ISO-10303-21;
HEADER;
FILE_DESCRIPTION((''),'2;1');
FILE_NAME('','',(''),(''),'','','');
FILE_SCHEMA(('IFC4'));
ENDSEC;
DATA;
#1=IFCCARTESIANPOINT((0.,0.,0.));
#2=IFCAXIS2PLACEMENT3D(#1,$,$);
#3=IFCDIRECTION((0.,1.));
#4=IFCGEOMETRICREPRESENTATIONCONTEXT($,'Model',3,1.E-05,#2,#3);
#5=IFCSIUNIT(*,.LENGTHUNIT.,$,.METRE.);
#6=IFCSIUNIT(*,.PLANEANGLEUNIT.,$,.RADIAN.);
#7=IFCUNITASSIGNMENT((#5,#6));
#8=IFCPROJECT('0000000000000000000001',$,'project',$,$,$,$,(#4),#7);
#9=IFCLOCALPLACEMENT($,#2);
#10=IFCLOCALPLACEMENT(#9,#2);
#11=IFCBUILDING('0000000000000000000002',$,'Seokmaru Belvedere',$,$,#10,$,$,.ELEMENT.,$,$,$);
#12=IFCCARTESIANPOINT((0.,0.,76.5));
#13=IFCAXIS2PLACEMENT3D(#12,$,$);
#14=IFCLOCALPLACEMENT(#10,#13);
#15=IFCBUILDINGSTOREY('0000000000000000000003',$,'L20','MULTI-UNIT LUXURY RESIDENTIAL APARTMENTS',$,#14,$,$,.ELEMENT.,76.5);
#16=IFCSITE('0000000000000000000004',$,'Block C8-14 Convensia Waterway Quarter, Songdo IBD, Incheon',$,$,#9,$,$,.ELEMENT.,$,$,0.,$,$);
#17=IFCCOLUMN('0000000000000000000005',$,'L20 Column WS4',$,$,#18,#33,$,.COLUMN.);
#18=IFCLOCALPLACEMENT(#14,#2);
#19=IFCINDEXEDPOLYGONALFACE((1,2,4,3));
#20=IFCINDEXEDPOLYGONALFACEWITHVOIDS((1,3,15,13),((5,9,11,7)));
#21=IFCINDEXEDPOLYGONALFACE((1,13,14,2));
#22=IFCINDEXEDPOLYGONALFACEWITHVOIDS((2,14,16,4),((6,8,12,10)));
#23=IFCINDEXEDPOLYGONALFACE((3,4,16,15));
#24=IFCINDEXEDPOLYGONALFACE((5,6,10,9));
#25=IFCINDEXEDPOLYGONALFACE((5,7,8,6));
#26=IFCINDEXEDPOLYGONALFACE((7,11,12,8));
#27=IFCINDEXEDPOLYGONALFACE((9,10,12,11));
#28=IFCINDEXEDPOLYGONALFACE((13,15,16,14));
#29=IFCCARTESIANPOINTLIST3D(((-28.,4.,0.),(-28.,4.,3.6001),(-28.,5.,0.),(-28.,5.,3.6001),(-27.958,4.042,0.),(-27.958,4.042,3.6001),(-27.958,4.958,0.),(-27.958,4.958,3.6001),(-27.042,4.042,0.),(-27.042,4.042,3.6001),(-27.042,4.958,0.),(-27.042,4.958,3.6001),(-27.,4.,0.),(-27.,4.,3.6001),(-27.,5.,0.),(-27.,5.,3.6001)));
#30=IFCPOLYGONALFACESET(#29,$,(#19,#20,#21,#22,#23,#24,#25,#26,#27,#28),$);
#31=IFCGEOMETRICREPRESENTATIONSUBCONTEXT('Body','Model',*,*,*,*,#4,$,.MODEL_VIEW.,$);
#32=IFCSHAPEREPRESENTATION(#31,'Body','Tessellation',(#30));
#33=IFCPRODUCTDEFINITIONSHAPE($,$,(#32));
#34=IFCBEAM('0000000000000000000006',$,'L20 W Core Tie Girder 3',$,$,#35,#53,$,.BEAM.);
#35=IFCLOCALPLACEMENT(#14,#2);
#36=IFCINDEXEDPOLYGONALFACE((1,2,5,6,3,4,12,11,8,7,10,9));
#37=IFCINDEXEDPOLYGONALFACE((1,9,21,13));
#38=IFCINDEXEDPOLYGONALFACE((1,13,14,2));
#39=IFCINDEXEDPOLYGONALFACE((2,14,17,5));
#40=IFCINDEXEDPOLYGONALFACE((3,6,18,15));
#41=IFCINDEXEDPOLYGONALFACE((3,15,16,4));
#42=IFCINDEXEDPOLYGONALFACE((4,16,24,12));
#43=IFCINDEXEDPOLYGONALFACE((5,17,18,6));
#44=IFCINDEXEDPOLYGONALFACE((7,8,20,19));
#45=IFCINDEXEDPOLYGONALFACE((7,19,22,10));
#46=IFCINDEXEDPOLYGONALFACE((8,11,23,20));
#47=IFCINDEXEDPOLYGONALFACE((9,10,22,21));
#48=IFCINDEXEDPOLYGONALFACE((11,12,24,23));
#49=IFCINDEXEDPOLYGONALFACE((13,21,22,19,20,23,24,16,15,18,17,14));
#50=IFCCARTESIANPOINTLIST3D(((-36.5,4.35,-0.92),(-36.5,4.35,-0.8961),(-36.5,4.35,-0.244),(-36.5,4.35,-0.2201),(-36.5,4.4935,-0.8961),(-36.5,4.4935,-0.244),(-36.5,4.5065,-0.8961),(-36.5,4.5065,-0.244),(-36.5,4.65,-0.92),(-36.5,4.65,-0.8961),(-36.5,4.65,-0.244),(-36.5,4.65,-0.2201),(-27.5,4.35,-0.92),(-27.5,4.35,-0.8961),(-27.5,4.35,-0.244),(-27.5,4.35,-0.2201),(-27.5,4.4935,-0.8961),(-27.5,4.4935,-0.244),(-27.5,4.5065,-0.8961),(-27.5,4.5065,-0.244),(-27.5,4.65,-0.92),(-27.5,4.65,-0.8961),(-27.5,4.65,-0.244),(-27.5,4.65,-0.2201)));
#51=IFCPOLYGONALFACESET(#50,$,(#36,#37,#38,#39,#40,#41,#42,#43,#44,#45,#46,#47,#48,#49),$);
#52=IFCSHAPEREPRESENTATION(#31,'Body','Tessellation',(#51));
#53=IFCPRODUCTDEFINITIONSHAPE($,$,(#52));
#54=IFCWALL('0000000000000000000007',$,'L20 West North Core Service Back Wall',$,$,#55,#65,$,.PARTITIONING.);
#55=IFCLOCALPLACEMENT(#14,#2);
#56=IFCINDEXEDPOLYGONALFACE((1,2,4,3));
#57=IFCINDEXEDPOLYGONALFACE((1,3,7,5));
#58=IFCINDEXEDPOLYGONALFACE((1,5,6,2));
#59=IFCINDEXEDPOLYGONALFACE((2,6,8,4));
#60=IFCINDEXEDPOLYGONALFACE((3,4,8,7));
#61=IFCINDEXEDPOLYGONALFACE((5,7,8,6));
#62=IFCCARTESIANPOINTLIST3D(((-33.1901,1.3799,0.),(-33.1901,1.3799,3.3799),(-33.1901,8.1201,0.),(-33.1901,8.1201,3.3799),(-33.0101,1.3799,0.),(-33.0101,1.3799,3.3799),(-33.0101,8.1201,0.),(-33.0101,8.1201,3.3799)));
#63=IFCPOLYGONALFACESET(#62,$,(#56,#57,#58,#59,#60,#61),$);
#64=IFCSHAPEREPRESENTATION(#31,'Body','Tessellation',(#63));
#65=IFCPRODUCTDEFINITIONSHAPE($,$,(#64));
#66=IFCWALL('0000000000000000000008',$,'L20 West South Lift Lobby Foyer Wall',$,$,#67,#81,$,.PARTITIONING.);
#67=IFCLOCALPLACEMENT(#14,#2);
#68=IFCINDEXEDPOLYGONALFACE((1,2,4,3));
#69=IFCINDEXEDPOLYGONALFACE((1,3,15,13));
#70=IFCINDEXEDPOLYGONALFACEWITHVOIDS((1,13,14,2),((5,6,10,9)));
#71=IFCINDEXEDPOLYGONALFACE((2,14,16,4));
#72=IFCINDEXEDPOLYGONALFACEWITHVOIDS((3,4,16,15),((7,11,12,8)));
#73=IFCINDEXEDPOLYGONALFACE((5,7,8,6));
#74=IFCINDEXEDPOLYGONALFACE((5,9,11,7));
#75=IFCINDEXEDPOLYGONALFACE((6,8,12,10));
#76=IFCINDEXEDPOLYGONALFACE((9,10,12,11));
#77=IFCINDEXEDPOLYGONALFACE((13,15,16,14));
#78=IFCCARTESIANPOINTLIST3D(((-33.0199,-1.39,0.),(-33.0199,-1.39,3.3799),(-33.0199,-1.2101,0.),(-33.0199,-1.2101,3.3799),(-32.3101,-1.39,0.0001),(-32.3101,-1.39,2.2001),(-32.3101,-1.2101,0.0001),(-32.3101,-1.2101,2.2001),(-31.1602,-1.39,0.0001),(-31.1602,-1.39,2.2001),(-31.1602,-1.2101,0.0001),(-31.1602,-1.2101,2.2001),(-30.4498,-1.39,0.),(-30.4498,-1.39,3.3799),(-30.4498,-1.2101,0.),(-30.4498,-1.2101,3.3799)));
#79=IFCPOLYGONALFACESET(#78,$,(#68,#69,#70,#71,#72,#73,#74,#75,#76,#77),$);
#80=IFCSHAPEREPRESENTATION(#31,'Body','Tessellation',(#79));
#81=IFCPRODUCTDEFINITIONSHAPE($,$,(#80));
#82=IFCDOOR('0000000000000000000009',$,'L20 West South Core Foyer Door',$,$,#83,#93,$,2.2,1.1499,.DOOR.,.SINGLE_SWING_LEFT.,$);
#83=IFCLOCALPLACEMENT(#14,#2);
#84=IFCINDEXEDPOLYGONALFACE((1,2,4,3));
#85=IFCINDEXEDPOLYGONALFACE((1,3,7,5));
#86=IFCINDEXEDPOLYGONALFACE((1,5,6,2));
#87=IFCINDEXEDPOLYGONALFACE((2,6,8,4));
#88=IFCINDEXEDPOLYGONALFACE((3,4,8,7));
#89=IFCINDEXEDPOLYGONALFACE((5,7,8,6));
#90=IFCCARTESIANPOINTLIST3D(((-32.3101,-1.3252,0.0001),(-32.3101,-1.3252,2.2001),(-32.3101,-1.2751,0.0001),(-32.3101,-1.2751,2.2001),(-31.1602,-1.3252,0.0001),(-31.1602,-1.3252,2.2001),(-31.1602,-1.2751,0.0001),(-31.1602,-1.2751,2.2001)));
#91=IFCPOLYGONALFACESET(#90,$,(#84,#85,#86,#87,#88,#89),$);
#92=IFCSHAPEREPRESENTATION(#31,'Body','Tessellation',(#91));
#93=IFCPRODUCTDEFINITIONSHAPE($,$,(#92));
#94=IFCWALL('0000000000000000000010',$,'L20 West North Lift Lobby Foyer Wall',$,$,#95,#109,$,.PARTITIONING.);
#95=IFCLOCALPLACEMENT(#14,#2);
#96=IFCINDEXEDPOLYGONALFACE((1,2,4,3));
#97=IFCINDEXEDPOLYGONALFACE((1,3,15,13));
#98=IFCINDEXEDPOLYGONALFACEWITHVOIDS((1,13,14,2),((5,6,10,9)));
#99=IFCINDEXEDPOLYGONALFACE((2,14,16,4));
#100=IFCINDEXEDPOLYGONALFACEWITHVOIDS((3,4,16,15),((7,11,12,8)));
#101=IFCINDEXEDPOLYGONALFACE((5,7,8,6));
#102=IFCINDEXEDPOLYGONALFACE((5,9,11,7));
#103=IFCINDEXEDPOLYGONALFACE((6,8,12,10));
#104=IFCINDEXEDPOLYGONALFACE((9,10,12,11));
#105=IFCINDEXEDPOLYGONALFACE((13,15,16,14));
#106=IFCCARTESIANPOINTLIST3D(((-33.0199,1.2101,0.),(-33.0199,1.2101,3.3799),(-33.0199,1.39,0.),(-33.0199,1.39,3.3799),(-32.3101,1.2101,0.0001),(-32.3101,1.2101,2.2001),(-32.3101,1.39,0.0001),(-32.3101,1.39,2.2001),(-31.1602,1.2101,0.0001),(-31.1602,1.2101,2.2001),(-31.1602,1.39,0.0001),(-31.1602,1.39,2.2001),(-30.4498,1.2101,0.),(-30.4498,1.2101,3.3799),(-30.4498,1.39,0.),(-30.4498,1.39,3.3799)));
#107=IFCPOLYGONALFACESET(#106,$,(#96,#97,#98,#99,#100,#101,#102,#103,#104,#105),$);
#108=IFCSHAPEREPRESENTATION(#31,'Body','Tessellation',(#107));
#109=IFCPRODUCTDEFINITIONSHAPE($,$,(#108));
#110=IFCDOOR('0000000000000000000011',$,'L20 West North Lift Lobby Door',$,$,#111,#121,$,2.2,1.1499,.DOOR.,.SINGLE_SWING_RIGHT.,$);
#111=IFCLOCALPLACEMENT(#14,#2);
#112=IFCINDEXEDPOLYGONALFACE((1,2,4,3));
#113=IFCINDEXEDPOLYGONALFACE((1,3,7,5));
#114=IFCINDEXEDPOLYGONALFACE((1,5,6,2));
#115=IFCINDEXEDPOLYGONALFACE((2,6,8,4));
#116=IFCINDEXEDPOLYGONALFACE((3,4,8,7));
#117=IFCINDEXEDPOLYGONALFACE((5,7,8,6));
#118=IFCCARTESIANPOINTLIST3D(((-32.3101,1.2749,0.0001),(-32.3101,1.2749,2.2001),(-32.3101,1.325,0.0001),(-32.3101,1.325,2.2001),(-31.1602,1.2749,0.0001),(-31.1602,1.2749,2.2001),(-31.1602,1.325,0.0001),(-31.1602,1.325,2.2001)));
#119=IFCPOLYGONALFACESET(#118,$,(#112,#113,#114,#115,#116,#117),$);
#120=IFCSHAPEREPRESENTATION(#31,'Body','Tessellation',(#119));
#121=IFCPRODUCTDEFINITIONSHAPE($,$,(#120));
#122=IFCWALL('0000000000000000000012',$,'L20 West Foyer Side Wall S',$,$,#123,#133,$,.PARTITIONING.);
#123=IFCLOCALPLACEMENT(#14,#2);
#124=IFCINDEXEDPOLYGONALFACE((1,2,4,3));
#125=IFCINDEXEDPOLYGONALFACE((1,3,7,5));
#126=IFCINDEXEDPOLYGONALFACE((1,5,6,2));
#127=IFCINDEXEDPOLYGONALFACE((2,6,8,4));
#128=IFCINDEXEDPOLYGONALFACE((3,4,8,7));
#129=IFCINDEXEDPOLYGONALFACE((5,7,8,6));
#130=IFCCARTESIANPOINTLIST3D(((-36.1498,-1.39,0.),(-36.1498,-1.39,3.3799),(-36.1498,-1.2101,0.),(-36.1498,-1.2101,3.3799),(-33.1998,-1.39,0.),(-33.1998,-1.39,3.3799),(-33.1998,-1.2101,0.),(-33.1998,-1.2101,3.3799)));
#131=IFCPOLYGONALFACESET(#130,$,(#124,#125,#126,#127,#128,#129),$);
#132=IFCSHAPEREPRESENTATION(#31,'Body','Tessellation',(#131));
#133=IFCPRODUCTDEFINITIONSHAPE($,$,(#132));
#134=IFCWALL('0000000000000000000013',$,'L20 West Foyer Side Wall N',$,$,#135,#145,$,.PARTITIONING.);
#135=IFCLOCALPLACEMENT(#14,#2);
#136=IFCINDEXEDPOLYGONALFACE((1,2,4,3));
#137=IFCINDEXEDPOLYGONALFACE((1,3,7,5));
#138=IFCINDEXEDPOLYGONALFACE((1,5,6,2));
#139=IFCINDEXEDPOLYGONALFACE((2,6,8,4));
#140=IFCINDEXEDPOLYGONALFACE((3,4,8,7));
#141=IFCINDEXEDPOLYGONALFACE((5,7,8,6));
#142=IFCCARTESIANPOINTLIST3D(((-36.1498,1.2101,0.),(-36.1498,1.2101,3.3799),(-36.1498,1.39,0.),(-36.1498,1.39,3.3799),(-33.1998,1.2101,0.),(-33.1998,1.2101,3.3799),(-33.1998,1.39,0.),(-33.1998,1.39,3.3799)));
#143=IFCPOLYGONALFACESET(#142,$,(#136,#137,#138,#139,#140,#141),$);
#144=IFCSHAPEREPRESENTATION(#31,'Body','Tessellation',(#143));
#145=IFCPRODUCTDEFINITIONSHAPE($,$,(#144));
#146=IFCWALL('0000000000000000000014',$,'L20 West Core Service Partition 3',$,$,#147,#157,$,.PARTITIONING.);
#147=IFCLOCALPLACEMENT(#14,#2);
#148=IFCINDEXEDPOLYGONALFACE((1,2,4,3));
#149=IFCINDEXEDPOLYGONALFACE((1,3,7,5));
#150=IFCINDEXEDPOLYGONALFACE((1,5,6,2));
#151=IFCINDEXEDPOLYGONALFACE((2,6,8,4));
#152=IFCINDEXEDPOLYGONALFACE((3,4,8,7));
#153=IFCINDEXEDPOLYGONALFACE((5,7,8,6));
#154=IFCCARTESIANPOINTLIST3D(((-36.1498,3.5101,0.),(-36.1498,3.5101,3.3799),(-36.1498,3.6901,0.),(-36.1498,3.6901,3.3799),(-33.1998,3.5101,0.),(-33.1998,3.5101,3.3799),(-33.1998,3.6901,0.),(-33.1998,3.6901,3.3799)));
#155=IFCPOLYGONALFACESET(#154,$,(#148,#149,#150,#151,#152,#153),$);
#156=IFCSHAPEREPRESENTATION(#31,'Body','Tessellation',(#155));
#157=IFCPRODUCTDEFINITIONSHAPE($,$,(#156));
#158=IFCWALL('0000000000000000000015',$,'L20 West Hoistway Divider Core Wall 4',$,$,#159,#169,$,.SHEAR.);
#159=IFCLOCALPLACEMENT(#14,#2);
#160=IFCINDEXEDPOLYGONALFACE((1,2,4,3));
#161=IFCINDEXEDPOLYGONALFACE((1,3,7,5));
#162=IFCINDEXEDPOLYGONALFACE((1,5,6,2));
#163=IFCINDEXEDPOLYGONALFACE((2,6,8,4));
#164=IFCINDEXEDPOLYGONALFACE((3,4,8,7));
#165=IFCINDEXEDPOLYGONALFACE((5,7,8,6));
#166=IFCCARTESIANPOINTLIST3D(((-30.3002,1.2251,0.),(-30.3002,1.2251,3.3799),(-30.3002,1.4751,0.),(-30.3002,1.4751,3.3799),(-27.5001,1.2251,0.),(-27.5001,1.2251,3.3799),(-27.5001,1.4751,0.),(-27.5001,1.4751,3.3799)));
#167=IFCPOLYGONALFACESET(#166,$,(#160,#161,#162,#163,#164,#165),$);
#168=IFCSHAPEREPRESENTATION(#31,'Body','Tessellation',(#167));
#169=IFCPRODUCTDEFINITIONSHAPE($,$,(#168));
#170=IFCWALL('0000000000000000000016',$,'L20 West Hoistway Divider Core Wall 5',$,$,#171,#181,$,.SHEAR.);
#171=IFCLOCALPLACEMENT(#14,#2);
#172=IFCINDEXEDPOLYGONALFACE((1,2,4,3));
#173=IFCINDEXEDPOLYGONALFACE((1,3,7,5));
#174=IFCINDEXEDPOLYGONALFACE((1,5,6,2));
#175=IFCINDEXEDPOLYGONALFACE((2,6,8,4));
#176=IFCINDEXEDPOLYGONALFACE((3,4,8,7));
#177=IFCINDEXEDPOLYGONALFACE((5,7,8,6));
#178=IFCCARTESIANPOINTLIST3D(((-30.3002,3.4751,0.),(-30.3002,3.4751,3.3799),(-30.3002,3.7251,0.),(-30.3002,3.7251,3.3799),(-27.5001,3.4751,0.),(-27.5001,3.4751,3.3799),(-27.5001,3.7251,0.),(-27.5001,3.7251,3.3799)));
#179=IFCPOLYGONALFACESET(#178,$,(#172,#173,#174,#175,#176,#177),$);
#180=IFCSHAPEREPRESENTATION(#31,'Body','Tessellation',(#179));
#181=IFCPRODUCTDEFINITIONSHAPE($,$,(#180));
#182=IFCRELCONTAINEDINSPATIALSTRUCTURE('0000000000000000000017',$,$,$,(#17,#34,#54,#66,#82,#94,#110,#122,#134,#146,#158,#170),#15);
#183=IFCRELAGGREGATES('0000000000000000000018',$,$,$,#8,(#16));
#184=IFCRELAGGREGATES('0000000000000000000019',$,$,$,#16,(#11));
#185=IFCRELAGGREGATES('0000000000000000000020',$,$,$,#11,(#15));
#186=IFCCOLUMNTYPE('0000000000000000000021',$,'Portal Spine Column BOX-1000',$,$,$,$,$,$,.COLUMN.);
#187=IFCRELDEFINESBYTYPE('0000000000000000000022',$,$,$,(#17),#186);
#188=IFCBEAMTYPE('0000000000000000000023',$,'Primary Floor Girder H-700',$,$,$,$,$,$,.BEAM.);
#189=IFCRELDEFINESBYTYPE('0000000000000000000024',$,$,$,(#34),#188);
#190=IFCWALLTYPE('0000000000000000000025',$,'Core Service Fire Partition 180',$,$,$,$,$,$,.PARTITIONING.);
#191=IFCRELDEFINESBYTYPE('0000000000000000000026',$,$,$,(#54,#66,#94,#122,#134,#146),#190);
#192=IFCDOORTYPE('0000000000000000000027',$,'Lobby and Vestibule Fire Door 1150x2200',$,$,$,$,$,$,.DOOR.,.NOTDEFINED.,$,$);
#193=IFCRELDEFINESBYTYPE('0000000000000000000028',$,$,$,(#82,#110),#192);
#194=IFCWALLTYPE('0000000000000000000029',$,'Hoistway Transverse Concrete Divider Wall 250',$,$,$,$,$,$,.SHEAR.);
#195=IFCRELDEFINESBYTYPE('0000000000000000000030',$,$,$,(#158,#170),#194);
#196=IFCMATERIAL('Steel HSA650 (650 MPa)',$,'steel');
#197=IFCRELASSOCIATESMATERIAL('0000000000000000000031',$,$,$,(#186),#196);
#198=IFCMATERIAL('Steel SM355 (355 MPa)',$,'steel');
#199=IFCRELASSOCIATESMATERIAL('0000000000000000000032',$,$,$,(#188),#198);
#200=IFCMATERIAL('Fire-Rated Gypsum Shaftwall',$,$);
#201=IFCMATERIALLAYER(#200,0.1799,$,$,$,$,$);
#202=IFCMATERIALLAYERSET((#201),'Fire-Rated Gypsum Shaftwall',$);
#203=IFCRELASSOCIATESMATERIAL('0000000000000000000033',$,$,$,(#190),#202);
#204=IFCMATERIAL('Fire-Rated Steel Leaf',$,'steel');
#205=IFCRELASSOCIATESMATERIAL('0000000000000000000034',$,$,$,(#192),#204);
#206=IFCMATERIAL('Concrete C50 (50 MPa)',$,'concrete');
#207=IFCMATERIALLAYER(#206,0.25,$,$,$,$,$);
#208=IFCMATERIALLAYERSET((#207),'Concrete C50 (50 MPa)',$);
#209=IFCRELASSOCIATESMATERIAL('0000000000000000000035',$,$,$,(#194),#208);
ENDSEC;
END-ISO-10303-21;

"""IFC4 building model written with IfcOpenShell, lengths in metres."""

from ifc_helpers import new_model, si_unit, direction, frame, frame_2d, origin, origin_2d, place, context, subcontext, project, spatial, rectangle, hollow_rectangle, i_section, extrude, source, transform, mapped, material, layer, layer_set, material_profile, profile_set, type_object, type_shapes, element, fill, save


model = new_model("IFC4")

# Units and contexts
model_context = context("Model", 3, precision=1e-05, world=origin(), true_north=direction((0.0, 1.0)))
body_context = subcontext(model_context, "Body", "Model", "MODEL_VIEW")
ifc_project = project(units=[si_unit("LENGTHUNIT", "METRE"), si_unit("PLANEANGLEUNIT", "RADIAN")], contexts=[model_context])

# Site, building, storey
site_placement = place(None, origin())
site = spatial("IfcSite", under=ifc_project, at=site_placement, Name="Block C8-14 Convensia Waterway Quarter, Songdo IBD, Incheon", CompositionType="ELEMENT", RefElevation=0.0)
building_placement = place(site_placement, origin())
building = spatial("IfcBuilding", under=site, at=building_placement, Name="Seokmaru Belvedere", CompositionType="ELEMENT")
storey_placement = place(building_placement, frame((0.0, 0.0, 76.5)))
storey = spatial("IfcBuildingStorey", under=building, at=storey_placement, Name="L20", Description="MULTI-UNIT LUXURY RESIDENTIAL APARTMENTS", CompositionType="ELEMENT", Elevation=76.5)

# Column
ifc_material_1 = material(Name="Steel HSA650 (650 MPa)", Category="steel")
ifc_material_profile_1 = material_profile(ifc_material_1, hollow_rectangle(XDim=1.0, YDim=1.0, WallThickness=0.042, at=origin_2d()), Name="BOX-1000x1000x42")
ifc_profile_set_1 = profile_set([ifc_material_profile_1], Name="Steel HSA650 (650 MPa)")
column_type = type_object("IfcColumnType", Name="Portal Spine Column BOX-1000", PredefinedType="COLUMN", material=ifc_profile_set_1)
shared_shape_1 = source(origin(), body_context, "Body", "SweptSolid", [
    extrude(hollow_rectangle(XDim=1.0, YDim=1.0, WallThickness=0.042, at=origin_2d()), origin(), (0.0, 0.0, 1.0), 3.6001),
])
type_shapes(column_type, [shared_shape_1])
column_placement = place(storey_placement, frame((-27.5, 4.5, 0.0), z_axis=(0.0, 0.0, 1.0), x_axis=(1.0, 0.0, 0.0)))
element("IfcColumn", 1, at=column_placement, inside=storey, type_object=column_type, Name="L20 Column WS4", PredefinedType="COLUMN", context=body_context, shape_type="MappedRepresentation", body=[
    mapped(shared_shape_1, transform((0.0, 0.0, 0.0), scale=1.0)),
])

# Beam
ifc_material_2 = material(Name="Steel SM355 (355 MPa)", Category="steel")
ifc_material_profile_2 = material_profile(ifc_material_2, i_section(OverallWidth=0.3, OverallDepth=0.7, WebThickness=0.0129, FlangeThickness=0.0239, at=origin_2d()), Name="H-700x300x13x24")
ifc_profile_set_2 = profile_set([ifc_material_profile_2], Name="Steel SM355 (355 MPa)")
beam_type = type_object("IfcBeamType", Name="Primary Floor Girder H-700", PredefinedType="BEAM", material=ifc_profile_set_2)
shared_shape_2 = source(origin(), body_context, "Body", "SweptSolid", [
    extrude(i_section(OverallWidth=0.3, OverallDepth=0.7, WebThickness=0.0129, FlangeThickness=0.0239, at=origin_2d()), origin(), (0.0, 0.0, 1.0), 9.0),
])
type_shapes(beam_type, [shared_shape_2])
beam_placement = place(storey_placement, frame((-36.5, 4.5, -0.5701), z_axis=(1.0, 0.0, 0.0), x_axis=(0.0, 1.0, 0.0)))
element("IfcBeam", 2, at=beam_placement, inside=storey, type_object=beam_type, Name="L20 W Core Tie Girder 3", PredefinedType="BEAM", context=body_context, shape_type="MappedRepresentation", body=[
    mapped(shared_shape_2, transform((0.0, 0.0, 0.0), scale=1.0)),
])

# Wall
ifc_material_3 = material(Name="Fire-Rated Gypsum Shaftwall")
ifc_layer_1 = layer(ifc_material_3, 0.1799)
ifc_layer_set_1 = layer_set([ifc_layer_1], Name="Fire-Rated Gypsum Shaftwall")
wall_type_1 = type_object("IfcWallType", Name="Core Service Fire Partition 180", PredefinedType="PARTITIONING", material=ifc_layer_set_1)
wall_1_placement = place(storey_placement, frame((-33.1001, 1.3799, 0.0), z_axis=(0.0, 0.0, 1.0), x_axis=(0.0, 1.0, 0.0)))
element("IfcWall", 3, at=wall_1_placement, inside=storey, type_object=wall_type_1, Name="L20 West North Core Service Back Wall", PredefinedType="PARTITIONING", context=body_context, shape_type="SweptSolid", body=[
    extrude(rectangle(XDim=6.7402, YDim=0.1799, at=frame_2d((3.3701, 0.0))), origin(), (0.0, 0.0, 1.0), 3.3799),
])

# Walls, openings, doors
wall_2_placement = place(storey_placement, frame((-33.02, -1.3, 0.0), z_axis=(0.0, 0.0, 1.0), x_axis=(1.0, 0.0, 0.0)))
wall_2 = element("IfcWall", 4, at=wall_2_placement, inside=storey, type_object=wall_type_1, Name="L20 West South Lift Lobby Foyer Wall", PredefinedType="PARTITIONING", context=body_context, shape_type="SweptSolid", body=[
    extrude(rectangle(XDim=2.5701, YDim=0.1799, at=frame_2d((1.2852, 0.0))), origin(), (0.0, 0.0, 1.0), 3.3799),
])
opening_1_placement = place(wall_2_placement, frame((0.71, 0.0, 0.0)))
opening_1 = element("IfcOpeningElement", 5, at=opening_1_placement, cuts=wall_2, PredefinedType="OPENING", context=body_context, shape_type="SweptSolid", body=[
    extrude(rectangle(XDim=1.1499, YDim=2.2, at=frame_2d((0.575, 1.1001))), frame((0.0, 0.1001, 0.0), z_axis=(0.0, -1.0, 0.0), x_axis=(1.0, 0.0, 0.0)), (0.0, 0.0, 1.0), 0.2),
])
ifc_material_4 = material(Name="Fire-Rated Steel Leaf", Category="steel")
door_type_1 = type_object("IfcDoorType", Name="Lobby and Vestibule Fire Door 1150x2200", OperationType="NOTDEFINED", PredefinedType="DOOR", material=ifc_material_4)
shared_shape_3 = source(origin(), body_context, "Body", "SweptSolid", [
    extrude(rectangle(XDim=1.1499, YDim=2.2, at=frame_2d((0.575, 1.1001))), frame((0.0, 0.0249, 0.0), z_axis=(0.0, -1.0, 0.0), x_axis=(1.0, 0.0, 0.0)), (0.0, 0.0, 1.0), 0.05),
])
type_shapes(door_type_1, [shared_shape_3])
door_1_placement = place(opening_1_placement, origin())
door_1 = element("IfcDoor", 6, at=door_1_placement, inside=storey, type_object=door_type_1, Name="L20 West South Core Foyer Door", OperationType="SINGLE_SWING_LEFT", OverallHeight=2.2, OverallWidth=1.1499, PredefinedType="DOOR", context=body_context, shape_type="MappedRepresentation", body=[
    mapped(shared_shape_3, transform((0.0, 0.0, 0.0), scale=1.0)),
])
fill(opening_1, door_1)
wall_3_placement = place(storey_placement, frame((-33.02, 1.3, 0.0), z_axis=(0.0, 0.0, 1.0), x_axis=(1.0, 0.0, 0.0)))
wall_3 = element("IfcWall", 7, at=wall_3_placement, inside=storey, type_object=wall_type_1, Name="L20 West North Lift Lobby Foyer Wall", PredefinedType="PARTITIONING", context=body_context, shape_type="SweptSolid", body=[
    extrude(rectangle(XDim=2.5701, YDim=0.1799, at=frame_2d((1.2852, 0.0))), origin(), (0.0, 0.0, 1.0), 3.3799),
])
opening_2_placement = place(wall_3_placement, frame((0.71, 0.0, 0.0)))
opening_2 = element("IfcOpeningElement", 8, at=opening_2_placement, cuts=wall_3, PredefinedType="OPENING", context=body_context, shape_type="SweptSolid", body=[
    extrude(rectangle(XDim=1.1499, YDim=2.2, at=frame_2d((0.575, 1.1001))), frame((0.0, 0.1001, 0.0), z_axis=(0.0, -1.0, 0.0), x_axis=(1.0, 0.0, 0.0)), (0.0, 0.0, 1.0), 0.2),
])
door_2_placement = place(opening_2_placement, origin())
door_2 = element("IfcDoor", 9, at=door_2_placement, inside=storey, type_object=door_type_1, Name="L20 West North Lift Lobby Door", OperationType="SINGLE_SWING_RIGHT", OverallHeight=2.2, OverallWidth=1.1499, PredefinedType="DOOR", context=body_context, shape_type="MappedRepresentation", body=[
    mapped(shared_shape_3, transform((0.0, 0.0, 0.0), scale=1.0)),
])
fill(opening_2, door_2)

# Walls
for number, where, z_axis, x_axis, name in (
    (10, (-36.1499, -1.3, 0.0), (0.0, 0.0, 1.0), (1.0, 0.0, 0.0), "L20 West Foyer Side Wall S"),
    (11, (-36.1499, 1.3, 0.0), (0.0, 0.0, 1.0), (1.0, 0.0, 0.0), "L20 West Foyer Side Wall N"),
    (12, (-36.1499, 3.6001, 0.0), (0.0, 0.0, 1.0), (1.0, 0.0, 0.0), "L20 West Core Service Partition 3"),
):
    element("IfcWall", number, at=place(storey_placement, frame(where, z_axis=z_axis, x_axis=x_axis)), inside=storey, type_object=wall_type_1, Name=name, PredefinedType="PARTITIONING", context=body_context, shape_type="SweptSolid", body=[
        extrude(rectangle(XDim=2.95, YDim=0.1799, at=frame_2d((1.4751, 0.0))), origin(), (0.0, 0.0, 1.0), 3.3799),
    ])
ifc_material_5 = material(Name="Concrete C50 (50 MPa)", Category="concrete")
ifc_layer_2 = layer(ifc_material_5, 0.25)
ifc_layer_set_2 = layer_set([ifc_layer_2], Name="Concrete C50 (50 MPa)")
wall_type_2 = type_object("IfcWallType", Name="Hoistway Transverse Concrete Divider Wall 250", PredefinedType="SHEAR", material=ifc_layer_set_2)
for number, where, z_axis, x_axis, name in (
    (13, (-30.3, 1.3501, 0.0), (0.0, 0.0, 1.0), (1.0, 0.0, 0.0), "L20 West Hoistway Divider Core Wall 4"),
    (14, (-30.3, 3.6001, 0.0), (0.0, 0.0, 1.0), (1.0, 0.0, 0.0), "L20 West Hoistway Divider Core Wall 5"),
):
    element("IfcWall", number, at=place(storey_placement, frame(where, z_axis=z_axis, x_axis=x_axis)), inside=storey, type_object=wall_type_2, Name=name, PredefinedType="SHEAR", context=body_context, shape_type="SweptSolid", body=[
        extrude(rectangle(XDim=2.8, YDim=0.25, at=frame_2d((1.3999, 0.0))), origin(), (0.0, 0.0, 1.0), 3.3799),
    ])

save(model, "model.ifc")
